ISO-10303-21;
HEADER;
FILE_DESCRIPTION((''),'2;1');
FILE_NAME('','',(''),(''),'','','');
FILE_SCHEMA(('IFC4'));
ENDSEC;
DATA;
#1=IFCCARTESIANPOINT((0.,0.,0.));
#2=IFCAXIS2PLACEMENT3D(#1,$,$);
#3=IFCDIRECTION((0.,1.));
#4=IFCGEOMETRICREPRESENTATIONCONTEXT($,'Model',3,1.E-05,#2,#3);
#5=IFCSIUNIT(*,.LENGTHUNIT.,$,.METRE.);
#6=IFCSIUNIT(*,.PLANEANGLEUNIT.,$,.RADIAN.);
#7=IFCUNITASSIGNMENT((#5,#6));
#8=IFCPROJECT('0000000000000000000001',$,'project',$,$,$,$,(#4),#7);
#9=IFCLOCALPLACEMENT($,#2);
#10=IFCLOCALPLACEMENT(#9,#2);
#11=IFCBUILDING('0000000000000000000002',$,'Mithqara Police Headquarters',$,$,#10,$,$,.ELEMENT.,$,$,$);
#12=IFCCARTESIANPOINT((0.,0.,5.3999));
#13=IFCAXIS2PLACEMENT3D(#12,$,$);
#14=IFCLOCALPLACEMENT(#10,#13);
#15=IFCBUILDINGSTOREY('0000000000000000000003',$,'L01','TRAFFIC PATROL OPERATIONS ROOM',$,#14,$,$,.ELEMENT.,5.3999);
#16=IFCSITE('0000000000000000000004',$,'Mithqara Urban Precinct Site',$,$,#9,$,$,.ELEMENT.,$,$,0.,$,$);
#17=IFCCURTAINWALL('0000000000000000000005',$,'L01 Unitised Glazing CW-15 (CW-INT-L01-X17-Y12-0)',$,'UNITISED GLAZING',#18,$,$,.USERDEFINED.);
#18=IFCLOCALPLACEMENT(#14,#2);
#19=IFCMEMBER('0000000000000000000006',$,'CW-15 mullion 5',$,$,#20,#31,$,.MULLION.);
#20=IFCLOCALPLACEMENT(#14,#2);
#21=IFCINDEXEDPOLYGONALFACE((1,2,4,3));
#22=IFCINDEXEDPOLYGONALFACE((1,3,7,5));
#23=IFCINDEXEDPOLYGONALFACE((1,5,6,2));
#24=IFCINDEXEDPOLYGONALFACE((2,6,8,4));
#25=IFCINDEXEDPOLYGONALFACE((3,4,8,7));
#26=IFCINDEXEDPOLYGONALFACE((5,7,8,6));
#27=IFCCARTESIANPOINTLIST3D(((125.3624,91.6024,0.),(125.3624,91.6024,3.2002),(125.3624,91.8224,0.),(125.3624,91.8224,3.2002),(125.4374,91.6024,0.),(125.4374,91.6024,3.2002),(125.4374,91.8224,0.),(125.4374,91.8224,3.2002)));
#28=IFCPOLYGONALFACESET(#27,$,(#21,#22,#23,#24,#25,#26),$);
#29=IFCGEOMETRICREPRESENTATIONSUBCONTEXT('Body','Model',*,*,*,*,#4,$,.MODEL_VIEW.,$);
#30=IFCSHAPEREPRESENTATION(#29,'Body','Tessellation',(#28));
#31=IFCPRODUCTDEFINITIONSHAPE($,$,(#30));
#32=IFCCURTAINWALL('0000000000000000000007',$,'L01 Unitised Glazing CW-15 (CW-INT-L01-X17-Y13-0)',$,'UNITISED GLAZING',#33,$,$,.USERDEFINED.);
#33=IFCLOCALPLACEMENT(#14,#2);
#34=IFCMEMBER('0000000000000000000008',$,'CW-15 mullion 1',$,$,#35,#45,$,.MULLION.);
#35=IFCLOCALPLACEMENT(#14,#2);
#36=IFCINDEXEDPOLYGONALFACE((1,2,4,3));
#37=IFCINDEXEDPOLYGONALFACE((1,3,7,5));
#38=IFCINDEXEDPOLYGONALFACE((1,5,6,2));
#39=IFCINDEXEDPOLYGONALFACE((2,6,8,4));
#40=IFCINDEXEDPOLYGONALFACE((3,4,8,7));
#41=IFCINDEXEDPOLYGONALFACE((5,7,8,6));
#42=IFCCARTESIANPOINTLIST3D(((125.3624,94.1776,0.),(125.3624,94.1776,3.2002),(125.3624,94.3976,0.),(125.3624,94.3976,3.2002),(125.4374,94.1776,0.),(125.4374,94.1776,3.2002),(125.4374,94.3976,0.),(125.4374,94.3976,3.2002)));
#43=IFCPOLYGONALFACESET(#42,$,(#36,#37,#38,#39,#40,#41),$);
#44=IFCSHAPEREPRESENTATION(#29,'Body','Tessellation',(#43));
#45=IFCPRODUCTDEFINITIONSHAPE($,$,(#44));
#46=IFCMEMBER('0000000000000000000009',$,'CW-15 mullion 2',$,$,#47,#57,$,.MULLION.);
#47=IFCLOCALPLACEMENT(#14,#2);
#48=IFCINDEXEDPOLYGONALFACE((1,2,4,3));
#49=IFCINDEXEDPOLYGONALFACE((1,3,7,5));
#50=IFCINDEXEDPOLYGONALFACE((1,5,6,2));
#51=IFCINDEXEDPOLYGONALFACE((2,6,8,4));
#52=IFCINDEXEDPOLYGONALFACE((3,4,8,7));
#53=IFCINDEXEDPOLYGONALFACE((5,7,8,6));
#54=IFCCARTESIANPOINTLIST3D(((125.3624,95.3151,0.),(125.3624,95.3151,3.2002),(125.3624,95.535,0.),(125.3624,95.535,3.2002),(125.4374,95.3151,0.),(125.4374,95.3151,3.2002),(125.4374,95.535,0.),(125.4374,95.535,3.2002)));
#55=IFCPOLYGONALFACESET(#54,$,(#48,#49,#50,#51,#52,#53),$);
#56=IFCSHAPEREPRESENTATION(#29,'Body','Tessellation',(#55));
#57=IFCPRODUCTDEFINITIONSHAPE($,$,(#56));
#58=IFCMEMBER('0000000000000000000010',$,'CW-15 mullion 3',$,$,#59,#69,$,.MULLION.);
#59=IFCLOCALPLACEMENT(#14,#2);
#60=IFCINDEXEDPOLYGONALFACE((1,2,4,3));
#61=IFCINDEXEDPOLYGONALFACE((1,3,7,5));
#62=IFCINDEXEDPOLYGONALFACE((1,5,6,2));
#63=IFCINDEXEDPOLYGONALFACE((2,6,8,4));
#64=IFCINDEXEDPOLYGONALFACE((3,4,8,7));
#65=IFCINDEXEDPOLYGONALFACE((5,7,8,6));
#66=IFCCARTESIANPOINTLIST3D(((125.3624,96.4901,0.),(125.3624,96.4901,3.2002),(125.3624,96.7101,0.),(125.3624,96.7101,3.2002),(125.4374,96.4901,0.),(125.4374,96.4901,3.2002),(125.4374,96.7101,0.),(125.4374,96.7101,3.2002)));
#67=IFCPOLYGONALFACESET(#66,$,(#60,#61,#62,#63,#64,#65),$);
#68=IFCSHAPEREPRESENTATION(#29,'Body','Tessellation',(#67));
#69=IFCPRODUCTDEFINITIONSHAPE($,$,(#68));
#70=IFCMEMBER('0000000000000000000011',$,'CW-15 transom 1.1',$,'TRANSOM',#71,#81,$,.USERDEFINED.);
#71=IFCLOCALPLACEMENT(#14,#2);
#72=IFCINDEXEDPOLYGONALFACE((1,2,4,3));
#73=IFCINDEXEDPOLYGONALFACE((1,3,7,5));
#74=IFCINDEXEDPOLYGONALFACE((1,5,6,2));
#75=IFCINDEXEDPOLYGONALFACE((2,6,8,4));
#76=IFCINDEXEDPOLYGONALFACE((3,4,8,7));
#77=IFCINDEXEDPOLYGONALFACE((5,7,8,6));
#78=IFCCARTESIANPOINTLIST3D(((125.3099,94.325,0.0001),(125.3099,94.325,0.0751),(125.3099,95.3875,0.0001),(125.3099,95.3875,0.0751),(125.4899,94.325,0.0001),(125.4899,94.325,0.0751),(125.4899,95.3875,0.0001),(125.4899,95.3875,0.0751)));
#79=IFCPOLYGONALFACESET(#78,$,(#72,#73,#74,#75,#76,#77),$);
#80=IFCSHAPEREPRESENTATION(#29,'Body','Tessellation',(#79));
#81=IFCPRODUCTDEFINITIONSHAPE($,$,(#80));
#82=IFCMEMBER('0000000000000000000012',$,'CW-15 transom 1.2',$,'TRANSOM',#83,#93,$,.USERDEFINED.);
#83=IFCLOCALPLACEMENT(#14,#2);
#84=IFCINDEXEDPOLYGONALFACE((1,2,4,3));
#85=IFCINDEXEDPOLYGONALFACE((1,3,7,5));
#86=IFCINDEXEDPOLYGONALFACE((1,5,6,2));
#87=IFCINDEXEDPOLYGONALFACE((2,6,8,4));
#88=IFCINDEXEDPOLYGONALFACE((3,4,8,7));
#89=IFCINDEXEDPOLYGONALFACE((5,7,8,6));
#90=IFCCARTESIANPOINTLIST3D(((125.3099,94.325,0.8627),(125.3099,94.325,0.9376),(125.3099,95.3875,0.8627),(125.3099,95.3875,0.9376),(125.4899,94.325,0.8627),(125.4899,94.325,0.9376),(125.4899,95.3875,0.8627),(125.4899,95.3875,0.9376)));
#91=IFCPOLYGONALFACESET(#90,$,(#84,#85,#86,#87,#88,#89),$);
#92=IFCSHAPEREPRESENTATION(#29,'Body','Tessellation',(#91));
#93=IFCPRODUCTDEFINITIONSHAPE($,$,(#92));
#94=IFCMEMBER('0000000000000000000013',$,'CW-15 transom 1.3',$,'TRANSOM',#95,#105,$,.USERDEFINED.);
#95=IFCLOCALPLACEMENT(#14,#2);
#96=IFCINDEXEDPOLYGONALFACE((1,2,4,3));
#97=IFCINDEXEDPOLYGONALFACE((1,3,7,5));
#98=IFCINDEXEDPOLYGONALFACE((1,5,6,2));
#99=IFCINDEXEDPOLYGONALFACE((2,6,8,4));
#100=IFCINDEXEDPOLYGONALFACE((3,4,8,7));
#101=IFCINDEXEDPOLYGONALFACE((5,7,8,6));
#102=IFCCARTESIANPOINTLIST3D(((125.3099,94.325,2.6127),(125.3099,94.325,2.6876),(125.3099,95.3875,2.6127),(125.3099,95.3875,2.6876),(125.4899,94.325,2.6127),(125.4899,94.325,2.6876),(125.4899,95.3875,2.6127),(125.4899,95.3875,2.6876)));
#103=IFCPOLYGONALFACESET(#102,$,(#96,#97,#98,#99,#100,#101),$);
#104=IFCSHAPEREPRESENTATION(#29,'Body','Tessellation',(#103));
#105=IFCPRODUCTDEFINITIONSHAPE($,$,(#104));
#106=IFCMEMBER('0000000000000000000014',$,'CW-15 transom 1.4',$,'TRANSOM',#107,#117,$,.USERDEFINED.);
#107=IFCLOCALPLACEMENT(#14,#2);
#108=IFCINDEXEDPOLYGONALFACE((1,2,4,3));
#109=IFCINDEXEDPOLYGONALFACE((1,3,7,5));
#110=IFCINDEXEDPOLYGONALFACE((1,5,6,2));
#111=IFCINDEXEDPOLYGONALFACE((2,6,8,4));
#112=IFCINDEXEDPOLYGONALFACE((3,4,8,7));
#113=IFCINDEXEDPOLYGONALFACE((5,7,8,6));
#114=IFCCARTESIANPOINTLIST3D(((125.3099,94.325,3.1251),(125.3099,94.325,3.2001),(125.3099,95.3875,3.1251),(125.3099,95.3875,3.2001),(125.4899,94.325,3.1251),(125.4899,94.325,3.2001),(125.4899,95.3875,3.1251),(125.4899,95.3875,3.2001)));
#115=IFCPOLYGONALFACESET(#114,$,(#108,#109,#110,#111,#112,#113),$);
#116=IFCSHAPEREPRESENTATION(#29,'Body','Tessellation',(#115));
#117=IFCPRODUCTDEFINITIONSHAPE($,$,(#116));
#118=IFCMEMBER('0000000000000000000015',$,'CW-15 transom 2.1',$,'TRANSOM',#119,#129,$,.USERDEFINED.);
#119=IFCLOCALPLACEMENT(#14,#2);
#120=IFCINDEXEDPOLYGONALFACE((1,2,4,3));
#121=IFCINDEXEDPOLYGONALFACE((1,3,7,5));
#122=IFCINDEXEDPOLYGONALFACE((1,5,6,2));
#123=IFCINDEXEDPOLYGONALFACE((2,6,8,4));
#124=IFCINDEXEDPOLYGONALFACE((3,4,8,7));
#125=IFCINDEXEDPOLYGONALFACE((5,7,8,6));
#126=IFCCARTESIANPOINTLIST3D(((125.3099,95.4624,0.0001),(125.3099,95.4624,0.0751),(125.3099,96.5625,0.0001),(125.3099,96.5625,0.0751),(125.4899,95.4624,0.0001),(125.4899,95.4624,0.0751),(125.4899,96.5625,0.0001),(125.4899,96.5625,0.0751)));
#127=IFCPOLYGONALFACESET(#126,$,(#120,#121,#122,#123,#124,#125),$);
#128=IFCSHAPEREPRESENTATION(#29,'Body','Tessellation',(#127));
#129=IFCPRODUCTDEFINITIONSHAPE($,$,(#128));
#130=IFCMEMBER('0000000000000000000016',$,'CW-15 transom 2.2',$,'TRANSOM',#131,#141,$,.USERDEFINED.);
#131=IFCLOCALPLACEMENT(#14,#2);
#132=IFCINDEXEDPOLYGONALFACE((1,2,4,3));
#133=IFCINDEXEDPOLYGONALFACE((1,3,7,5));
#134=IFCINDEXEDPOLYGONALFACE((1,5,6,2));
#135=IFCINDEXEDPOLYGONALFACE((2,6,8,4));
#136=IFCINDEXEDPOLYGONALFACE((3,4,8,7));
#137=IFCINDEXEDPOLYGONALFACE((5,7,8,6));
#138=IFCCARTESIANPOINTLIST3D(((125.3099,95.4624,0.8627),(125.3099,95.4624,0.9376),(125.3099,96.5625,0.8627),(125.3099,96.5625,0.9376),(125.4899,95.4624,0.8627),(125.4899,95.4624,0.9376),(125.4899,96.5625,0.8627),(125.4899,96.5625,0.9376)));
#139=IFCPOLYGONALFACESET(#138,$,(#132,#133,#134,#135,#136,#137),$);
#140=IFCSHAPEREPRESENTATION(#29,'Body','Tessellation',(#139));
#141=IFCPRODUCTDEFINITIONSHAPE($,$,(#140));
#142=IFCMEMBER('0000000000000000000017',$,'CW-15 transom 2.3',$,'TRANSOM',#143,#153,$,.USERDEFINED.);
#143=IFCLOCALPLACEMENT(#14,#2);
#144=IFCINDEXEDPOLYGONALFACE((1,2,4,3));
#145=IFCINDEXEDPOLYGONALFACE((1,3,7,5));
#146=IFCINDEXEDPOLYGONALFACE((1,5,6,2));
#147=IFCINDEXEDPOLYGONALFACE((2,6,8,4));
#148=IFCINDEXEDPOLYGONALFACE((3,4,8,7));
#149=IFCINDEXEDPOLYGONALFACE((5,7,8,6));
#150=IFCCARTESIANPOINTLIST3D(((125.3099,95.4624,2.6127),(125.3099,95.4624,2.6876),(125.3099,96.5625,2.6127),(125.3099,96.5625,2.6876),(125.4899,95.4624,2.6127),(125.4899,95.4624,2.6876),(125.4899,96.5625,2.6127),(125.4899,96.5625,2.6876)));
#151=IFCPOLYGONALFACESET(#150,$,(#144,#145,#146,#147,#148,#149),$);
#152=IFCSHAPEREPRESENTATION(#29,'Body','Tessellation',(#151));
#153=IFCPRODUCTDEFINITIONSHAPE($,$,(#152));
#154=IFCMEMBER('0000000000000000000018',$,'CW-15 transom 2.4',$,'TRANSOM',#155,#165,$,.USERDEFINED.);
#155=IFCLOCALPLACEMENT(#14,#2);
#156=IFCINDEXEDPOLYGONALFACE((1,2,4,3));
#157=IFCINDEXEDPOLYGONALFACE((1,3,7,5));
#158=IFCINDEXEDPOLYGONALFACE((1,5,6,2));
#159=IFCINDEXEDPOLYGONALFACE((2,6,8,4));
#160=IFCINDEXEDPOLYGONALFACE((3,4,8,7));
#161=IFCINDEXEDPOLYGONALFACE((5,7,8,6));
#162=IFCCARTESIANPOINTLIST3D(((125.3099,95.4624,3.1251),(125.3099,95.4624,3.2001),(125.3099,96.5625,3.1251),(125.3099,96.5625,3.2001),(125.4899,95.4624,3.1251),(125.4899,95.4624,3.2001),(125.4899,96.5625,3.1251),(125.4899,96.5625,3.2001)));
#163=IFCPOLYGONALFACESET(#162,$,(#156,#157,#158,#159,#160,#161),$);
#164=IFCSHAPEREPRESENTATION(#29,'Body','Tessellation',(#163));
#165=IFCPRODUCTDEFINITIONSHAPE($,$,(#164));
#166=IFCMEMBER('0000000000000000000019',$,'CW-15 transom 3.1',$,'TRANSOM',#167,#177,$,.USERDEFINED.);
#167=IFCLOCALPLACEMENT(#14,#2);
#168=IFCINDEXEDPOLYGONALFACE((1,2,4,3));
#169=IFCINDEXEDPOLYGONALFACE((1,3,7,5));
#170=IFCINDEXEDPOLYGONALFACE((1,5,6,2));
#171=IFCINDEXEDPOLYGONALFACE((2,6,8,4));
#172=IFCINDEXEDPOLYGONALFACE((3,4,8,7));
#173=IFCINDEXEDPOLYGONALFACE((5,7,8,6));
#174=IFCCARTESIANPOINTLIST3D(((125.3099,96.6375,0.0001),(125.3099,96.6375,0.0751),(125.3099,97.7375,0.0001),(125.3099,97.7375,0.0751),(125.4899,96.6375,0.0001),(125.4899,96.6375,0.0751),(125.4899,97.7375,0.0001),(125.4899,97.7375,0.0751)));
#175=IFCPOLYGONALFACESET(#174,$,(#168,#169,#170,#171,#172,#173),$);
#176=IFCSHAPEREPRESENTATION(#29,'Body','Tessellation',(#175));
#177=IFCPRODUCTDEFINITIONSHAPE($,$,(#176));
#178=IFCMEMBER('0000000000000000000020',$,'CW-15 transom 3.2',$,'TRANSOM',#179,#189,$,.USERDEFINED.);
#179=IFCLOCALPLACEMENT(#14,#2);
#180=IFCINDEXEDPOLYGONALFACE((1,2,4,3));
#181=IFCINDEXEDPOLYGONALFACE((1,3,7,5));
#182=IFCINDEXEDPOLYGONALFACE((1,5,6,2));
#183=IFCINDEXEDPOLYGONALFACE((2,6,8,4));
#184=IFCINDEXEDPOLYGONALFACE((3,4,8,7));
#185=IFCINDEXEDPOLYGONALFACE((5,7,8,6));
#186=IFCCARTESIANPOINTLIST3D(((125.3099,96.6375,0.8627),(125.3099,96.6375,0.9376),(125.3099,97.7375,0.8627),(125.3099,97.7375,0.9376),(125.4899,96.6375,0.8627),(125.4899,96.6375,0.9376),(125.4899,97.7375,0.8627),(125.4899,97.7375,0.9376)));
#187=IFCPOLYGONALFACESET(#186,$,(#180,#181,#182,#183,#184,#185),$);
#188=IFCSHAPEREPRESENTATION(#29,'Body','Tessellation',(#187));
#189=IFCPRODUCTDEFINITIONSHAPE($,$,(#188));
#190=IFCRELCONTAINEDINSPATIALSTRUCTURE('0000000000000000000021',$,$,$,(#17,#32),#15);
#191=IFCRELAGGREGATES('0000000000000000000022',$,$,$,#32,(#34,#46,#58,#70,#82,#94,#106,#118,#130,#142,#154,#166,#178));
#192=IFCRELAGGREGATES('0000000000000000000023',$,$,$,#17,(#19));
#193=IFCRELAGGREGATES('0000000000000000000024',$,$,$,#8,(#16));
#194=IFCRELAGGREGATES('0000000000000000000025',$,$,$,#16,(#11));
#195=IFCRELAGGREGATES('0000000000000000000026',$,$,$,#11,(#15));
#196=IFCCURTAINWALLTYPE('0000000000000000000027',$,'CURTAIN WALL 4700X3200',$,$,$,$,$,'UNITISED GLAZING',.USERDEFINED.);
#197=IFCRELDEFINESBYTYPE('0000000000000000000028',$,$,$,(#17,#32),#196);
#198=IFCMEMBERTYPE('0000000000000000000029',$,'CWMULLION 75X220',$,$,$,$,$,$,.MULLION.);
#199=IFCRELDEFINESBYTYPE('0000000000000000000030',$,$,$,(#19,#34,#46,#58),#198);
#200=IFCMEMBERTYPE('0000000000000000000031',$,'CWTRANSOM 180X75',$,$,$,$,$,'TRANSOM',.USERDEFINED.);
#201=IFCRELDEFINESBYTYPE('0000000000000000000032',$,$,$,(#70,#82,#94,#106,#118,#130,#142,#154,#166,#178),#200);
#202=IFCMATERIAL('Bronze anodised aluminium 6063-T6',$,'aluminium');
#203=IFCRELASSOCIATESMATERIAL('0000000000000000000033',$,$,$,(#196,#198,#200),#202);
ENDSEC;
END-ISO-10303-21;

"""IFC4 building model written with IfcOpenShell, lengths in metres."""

from ifc_helpers import new_model, si_unit, direction, frame, origin, origin_2d, place, context, subcontext, project, spatial, rectangle, extrude, material, material_profile, profile_set, type_object, element, aggregate, save


model = new_model("IFC4")

# Units and contexts
model_context = context("Model", 3, precision=1e-05, world=origin(), true_north=direction((0.0, 1.0)))
body_context = subcontext(model_context, "Body", "Model", "MODEL_VIEW")
ifc_project = project(units=[si_unit("LENGTHUNIT", "METRE"), si_unit("PLANEANGLEUNIT", "RADIAN")], contexts=[model_context])

# Site, building, storey
site_placement = place(None, origin())
site = spatial("IfcSite", under=ifc_project, at=site_placement, Name="Mithqara Urban Precinct Site", CompositionType="ELEMENT", RefElevation=0.0)
building_placement = place(site_placement, origin())
building = spatial("IfcBuilding", under=site, at=building_placement, Name="Mithqara Police Headquarters", CompositionType="ELEMENT")
storey_placement = place(building_placement, frame((0.0, 0.0, 5.3999)))
storey = spatial("IfcBuildingStorey", under=building, at=storey_placement, Name="L01", Description="TRAFFIC PATROL OPERATIONS ROOM", CompositionType="ELEMENT", Elevation=5.3999)

# Curtain wall, member
ifc_material_1 = material(Name="Bronze anodised aluminium 6063-T6", Category="aluminium")
curtain_wall_type = type_object("IfcCurtainWallType", Name="CURTAIN WALL 4700X3200", ElementType="UNITISED GLAZING", PredefinedType="USERDEFINED", material=ifc_material_1)
curtain_wall_1_placement = place(storey_placement, origin())
curtain_wall_1 = element("IfcCurtainWall", 1, at=curtain_wall_1_placement, inside=storey, type_object=curtain_wall_type, Name="L01 Unitised Glazing CW-15 (CW-INT-L01-X17-Y12-0)", ObjectType="UNITISED GLAZING", PredefinedType="USERDEFINED")
ifc_material_profile_1 = material_profile(ifc_material_1, rectangle(XDim=0.075, YDim=0.22, at=origin_2d()), Name="CWM 75x220")
ifc_profile_set_1 = profile_set([ifc_material_profile_1], Name="Bronze anodised aluminium 6063-T6")
member_type_1 = type_object("IfcMemberType", Name="CWMULLION 75X220", PredefinedType="MULLION", material=ifc_profile_set_1)
member_1_placement = place(storey_placement, frame((125.3999, 91.7124, 0.0), z_axis=(0.0, 0.0, 1.0), x_axis=(-1.0, 0.0, 0.0)))
member_1 = element("IfcMember", 2, at=member_1_placement, type_object=member_type_1, Name="CW-15 mullion 5", PredefinedType="MULLION", context=body_context, shape_type="SweptSolid", body=[
    extrude(rectangle(XDim=0.075, YDim=0.22, at=origin_2d()), origin(), (0.0, 0.0, 1.0), 3.2002),
])

# Curtain wall, members
curtain_wall_2_placement = place(storey_placement, origin())
curtain_wall_2 = element("IfcCurtainWall", 3, at=curtain_wall_2_placement, inside=storey, type_object=curtain_wall_type, Name="L01 Unitised Glazing CW-15 (CW-INT-L01-X17-Y13-0)", ObjectType="UNITISED GLAZING", PredefinedType="USERDEFINED")
member_2_placement = place(storey_placement, frame((125.3999, 94.2876, 0.0), z_axis=(0.0, 0.0, 1.0), x_axis=(-1.0, 0.0, 0.0)))
member_2 = element("IfcMember", 4, at=member_2_placement, type_object=member_type_1, Name="CW-15 mullion 1", PredefinedType="MULLION", context=body_context, shape_type="SweptSolid", body=[
    extrude(rectangle(XDim=0.075, YDim=0.22, at=origin_2d()), origin(), (0.0, 0.0, 1.0), 3.2002),
])
member_3_placement = place(storey_placement, frame((125.3999, 95.425, 0.0), z_axis=(0.0, 0.0, 1.0), x_axis=(-1.0, 0.0, 0.0)))
member_3 = element("IfcMember", 5, at=member_3_placement, type_object=member_type_1, Name="CW-15 mullion 2", PredefinedType="MULLION", context=body_context, shape_type="SweptSolid", body=[
    extrude(rectangle(XDim=0.075, YDim=0.22, at=origin_2d()), origin(), (0.0, 0.0, 1.0), 3.2002),
])
member_4_placement = place(storey_placement, frame((125.3999, 96.6001, 0.0), z_axis=(0.0, 0.0, 1.0), x_axis=(-1.0, 0.0, 0.0)))
member_4 = element("IfcMember", 6, at=member_4_placement, type_object=member_type_1, Name="CW-15 mullion 3", PredefinedType="MULLION", context=body_context, shape_type="SweptSolid", body=[
    extrude(rectangle(XDim=0.075, YDim=0.22, at=origin_2d()), origin(), (0.0, 0.0, 1.0), 3.2002),
])
ifc_material_profile_2 = material_profile(ifc_material_1, rectangle(XDim=0.1799, YDim=0.075, at=origin_2d()), Name="CWT 180x75")
ifc_profile_set_2 = profile_set([ifc_material_profile_2], Name="Bronze anodised aluminium 6063-T6")
member_type_2 = type_object("IfcMemberType", Name="CWTRANSOM 180X75", ElementType="TRANSOM", PredefinedType="USERDEFINED", material=ifc_profile_set_2)
member_5_placement = place(storey_placement, frame((125.3999, 94.325, 0.0376), z_axis=(0.0, 1.0, 0.0), x_axis=(-1.0, 0.0, 0.0)))
member_5 = element("IfcMember", 7, at=member_5_placement, type_object=member_type_2, Name="CW-15 transom 1.1", ObjectType="TRANSOM", PredefinedType="USERDEFINED", context=body_context, shape_type="SweptSolid", body=[
    extrude(rectangle(XDim=0.1799, YDim=0.075, at=origin_2d()), origin(), (0.0, 0.0, 1.0), 1.0625),
])
member_6_placement = place(storey_placement, frame((125.3999, 94.325, 0.9001), z_axis=(0.0, 1.0, 0.0), x_axis=(-1.0, 0.0, 0.0)))
member_6 = element("IfcMember", 8, at=member_6_placement, type_object=member_type_2, Name="CW-15 transom 1.2", ObjectType="TRANSOM", PredefinedType="USERDEFINED", context=body_context, shape_type="SweptSolid", body=[
    extrude(rectangle(XDim=0.1799, YDim=0.075, at=origin_2d()), origin(), (0.0, 0.0, 1.0), 1.0625),
])
member_7_placement = place(storey_placement, frame((125.3999, 94.325, 2.6501), z_axis=(0.0, 1.0, 0.0), x_axis=(-1.0, 0.0, 0.0)))
member_7 = element("IfcMember", 9, at=member_7_placement, type_object=member_type_2, Name="CW-15 transom 1.3", ObjectType="TRANSOM", PredefinedType="USERDEFINED", context=body_context, shape_type="SweptSolid", body=[
    extrude(rectangle(XDim=0.1799, YDim=0.075, at=origin_2d()), origin(), (0.0, 0.0, 1.0), 1.0625),
])
member_8_placement = place(storey_placement, frame((125.3999, 94.325, 3.1626), z_axis=(0.0, 1.0, 0.0), x_axis=(-1.0, 0.0, 0.0)))
member_8 = element("IfcMember", 10, at=member_8_placement, type_object=member_type_2, Name="CW-15 transom 1.4", ObjectType="TRANSOM", PredefinedType="USERDEFINED", context=body_context, shape_type="SweptSolid", body=[
    extrude(rectangle(XDim=0.1799, YDim=0.075, at=origin_2d()), origin(), (0.0, 0.0, 1.0), 1.0625),
])
member_9_placement = place(storey_placement, frame((125.3999, 95.4624, 0.0376), z_axis=(0.0, 1.0, 0.0), x_axis=(-1.0, 0.0, 0.0)))
member_9 = element("IfcMember", 11, at=member_9_placement, type_object=member_type_2, Name="CW-15 transom 2.1", ObjectType="TRANSOM", PredefinedType="USERDEFINED", context=body_context, shape_type="SweptSolid", body=[
    extrude(rectangle(XDim=0.1799, YDim=0.075, at=origin_2d()), origin(), (0.0, 0.0, 1.0), 1.1001),
])
member_10_placement = place(storey_placement, frame((125.3999, 95.4624, 0.9001), z_axis=(0.0, 1.0, 0.0), x_axis=(-1.0, 0.0, 0.0)))
member_10 = element("IfcMember", 12, at=member_10_placement, type_object=member_type_2, Name="CW-15 transom 2.2", ObjectType="TRANSOM", PredefinedType="USERDEFINED", context=body_context, shape_type="SweptSolid", body=[
    extrude(rectangle(XDim=0.1799, YDim=0.075, at=origin_2d()), origin(), (0.0, 0.0, 1.0), 1.1001),
])
member_11_placement = place(storey_placement, frame((125.3999, 95.4624, 2.6501), z_axis=(0.0, 1.0, 0.0), x_axis=(-1.0, 0.0, 0.0)))
member_11 = element("IfcMember", 13, at=member_11_placement, type_object=member_type_2, Name="CW-15 transom 2.3", ObjectType="TRANSOM", PredefinedType="USERDEFINED", context=body_context, shape_type="SweptSolid", body=[
    extrude(rectangle(XDim=0.1799, YDim=0.075, at=origin_2d()), origin(), (0.0, 0.0, 1.0), 1.1001),
])
member_12_placement = place(storey_placement, frame((125.3999, 95.4624, 3.1626), z_axis=(0.0, 1.0, 0.0), x_axis=(-1.0, 0.0, 0.0)))
member_12 = element("IfcMember", 14, at=member_12_placement, type_object=member_type_2, Name="CW-15 transom 2.4", ObjectType="TRANSOM", PredefinedType="USERDEFINED", context=body_context, shape_type="SweptSolid", body=[
    extrude(rectangle(XDim=0.1799, YDim=0.075, at=origin_2d()), origin(), (0.0, 0.0, 1.0), 1.1001),
])
member_13_placement = place(storey_placement, frame((125.3999, 96.6375, 0.0376), z_axis=(0.0, 1.0, 0.0), x_axis=(-1.0, 0.0, 0.0)))
member_13 = element("IfcMember", 15, at=member_13_placement, type_object=member_type_2, Name="CW-15 transom 3.1", ObjectType="TRANSOM", PredefinedType="USERDEFINED", context=body_context, shape_type="SweptSolid", body=[
    extrude(rectangle(XDim=0.1799, YDim=0.075, at=origin_2d()), origin(), (0.0, 0.0, 1.0), 1.1001),
])
member_14_placement = place(storey_placement, frame((125.3999, 96.6375, 0.9001), z_axis=(0.0, 1.0, 0.0), x_axis=(-1.0, 0.0, 0.0)))
member_14 = element("IfcMember", 16, at=member_14_placement, type_object=member_type_2, Name="CW-15 transom 3.2", ObjectType="TRANSOM", PredefinedType="USERDEFINED", context=body_context, shape_type="SweptSolid", body=[
    extrude(rectangle(XDim=0.1799, YDim=0.075, at=origin_2d()), origin(), (0.0, 0.0, 1.0), 1.1001),
])
aggregate(curtain_wall_2, [member_2, member_3, member_4, member_5, member_6, member_7, member_8, member_9, member_10, member_11, member_12, member_13, member_14])

aggregate(curtain_wall_1, [member_1])

save(model, "model.ifc")
